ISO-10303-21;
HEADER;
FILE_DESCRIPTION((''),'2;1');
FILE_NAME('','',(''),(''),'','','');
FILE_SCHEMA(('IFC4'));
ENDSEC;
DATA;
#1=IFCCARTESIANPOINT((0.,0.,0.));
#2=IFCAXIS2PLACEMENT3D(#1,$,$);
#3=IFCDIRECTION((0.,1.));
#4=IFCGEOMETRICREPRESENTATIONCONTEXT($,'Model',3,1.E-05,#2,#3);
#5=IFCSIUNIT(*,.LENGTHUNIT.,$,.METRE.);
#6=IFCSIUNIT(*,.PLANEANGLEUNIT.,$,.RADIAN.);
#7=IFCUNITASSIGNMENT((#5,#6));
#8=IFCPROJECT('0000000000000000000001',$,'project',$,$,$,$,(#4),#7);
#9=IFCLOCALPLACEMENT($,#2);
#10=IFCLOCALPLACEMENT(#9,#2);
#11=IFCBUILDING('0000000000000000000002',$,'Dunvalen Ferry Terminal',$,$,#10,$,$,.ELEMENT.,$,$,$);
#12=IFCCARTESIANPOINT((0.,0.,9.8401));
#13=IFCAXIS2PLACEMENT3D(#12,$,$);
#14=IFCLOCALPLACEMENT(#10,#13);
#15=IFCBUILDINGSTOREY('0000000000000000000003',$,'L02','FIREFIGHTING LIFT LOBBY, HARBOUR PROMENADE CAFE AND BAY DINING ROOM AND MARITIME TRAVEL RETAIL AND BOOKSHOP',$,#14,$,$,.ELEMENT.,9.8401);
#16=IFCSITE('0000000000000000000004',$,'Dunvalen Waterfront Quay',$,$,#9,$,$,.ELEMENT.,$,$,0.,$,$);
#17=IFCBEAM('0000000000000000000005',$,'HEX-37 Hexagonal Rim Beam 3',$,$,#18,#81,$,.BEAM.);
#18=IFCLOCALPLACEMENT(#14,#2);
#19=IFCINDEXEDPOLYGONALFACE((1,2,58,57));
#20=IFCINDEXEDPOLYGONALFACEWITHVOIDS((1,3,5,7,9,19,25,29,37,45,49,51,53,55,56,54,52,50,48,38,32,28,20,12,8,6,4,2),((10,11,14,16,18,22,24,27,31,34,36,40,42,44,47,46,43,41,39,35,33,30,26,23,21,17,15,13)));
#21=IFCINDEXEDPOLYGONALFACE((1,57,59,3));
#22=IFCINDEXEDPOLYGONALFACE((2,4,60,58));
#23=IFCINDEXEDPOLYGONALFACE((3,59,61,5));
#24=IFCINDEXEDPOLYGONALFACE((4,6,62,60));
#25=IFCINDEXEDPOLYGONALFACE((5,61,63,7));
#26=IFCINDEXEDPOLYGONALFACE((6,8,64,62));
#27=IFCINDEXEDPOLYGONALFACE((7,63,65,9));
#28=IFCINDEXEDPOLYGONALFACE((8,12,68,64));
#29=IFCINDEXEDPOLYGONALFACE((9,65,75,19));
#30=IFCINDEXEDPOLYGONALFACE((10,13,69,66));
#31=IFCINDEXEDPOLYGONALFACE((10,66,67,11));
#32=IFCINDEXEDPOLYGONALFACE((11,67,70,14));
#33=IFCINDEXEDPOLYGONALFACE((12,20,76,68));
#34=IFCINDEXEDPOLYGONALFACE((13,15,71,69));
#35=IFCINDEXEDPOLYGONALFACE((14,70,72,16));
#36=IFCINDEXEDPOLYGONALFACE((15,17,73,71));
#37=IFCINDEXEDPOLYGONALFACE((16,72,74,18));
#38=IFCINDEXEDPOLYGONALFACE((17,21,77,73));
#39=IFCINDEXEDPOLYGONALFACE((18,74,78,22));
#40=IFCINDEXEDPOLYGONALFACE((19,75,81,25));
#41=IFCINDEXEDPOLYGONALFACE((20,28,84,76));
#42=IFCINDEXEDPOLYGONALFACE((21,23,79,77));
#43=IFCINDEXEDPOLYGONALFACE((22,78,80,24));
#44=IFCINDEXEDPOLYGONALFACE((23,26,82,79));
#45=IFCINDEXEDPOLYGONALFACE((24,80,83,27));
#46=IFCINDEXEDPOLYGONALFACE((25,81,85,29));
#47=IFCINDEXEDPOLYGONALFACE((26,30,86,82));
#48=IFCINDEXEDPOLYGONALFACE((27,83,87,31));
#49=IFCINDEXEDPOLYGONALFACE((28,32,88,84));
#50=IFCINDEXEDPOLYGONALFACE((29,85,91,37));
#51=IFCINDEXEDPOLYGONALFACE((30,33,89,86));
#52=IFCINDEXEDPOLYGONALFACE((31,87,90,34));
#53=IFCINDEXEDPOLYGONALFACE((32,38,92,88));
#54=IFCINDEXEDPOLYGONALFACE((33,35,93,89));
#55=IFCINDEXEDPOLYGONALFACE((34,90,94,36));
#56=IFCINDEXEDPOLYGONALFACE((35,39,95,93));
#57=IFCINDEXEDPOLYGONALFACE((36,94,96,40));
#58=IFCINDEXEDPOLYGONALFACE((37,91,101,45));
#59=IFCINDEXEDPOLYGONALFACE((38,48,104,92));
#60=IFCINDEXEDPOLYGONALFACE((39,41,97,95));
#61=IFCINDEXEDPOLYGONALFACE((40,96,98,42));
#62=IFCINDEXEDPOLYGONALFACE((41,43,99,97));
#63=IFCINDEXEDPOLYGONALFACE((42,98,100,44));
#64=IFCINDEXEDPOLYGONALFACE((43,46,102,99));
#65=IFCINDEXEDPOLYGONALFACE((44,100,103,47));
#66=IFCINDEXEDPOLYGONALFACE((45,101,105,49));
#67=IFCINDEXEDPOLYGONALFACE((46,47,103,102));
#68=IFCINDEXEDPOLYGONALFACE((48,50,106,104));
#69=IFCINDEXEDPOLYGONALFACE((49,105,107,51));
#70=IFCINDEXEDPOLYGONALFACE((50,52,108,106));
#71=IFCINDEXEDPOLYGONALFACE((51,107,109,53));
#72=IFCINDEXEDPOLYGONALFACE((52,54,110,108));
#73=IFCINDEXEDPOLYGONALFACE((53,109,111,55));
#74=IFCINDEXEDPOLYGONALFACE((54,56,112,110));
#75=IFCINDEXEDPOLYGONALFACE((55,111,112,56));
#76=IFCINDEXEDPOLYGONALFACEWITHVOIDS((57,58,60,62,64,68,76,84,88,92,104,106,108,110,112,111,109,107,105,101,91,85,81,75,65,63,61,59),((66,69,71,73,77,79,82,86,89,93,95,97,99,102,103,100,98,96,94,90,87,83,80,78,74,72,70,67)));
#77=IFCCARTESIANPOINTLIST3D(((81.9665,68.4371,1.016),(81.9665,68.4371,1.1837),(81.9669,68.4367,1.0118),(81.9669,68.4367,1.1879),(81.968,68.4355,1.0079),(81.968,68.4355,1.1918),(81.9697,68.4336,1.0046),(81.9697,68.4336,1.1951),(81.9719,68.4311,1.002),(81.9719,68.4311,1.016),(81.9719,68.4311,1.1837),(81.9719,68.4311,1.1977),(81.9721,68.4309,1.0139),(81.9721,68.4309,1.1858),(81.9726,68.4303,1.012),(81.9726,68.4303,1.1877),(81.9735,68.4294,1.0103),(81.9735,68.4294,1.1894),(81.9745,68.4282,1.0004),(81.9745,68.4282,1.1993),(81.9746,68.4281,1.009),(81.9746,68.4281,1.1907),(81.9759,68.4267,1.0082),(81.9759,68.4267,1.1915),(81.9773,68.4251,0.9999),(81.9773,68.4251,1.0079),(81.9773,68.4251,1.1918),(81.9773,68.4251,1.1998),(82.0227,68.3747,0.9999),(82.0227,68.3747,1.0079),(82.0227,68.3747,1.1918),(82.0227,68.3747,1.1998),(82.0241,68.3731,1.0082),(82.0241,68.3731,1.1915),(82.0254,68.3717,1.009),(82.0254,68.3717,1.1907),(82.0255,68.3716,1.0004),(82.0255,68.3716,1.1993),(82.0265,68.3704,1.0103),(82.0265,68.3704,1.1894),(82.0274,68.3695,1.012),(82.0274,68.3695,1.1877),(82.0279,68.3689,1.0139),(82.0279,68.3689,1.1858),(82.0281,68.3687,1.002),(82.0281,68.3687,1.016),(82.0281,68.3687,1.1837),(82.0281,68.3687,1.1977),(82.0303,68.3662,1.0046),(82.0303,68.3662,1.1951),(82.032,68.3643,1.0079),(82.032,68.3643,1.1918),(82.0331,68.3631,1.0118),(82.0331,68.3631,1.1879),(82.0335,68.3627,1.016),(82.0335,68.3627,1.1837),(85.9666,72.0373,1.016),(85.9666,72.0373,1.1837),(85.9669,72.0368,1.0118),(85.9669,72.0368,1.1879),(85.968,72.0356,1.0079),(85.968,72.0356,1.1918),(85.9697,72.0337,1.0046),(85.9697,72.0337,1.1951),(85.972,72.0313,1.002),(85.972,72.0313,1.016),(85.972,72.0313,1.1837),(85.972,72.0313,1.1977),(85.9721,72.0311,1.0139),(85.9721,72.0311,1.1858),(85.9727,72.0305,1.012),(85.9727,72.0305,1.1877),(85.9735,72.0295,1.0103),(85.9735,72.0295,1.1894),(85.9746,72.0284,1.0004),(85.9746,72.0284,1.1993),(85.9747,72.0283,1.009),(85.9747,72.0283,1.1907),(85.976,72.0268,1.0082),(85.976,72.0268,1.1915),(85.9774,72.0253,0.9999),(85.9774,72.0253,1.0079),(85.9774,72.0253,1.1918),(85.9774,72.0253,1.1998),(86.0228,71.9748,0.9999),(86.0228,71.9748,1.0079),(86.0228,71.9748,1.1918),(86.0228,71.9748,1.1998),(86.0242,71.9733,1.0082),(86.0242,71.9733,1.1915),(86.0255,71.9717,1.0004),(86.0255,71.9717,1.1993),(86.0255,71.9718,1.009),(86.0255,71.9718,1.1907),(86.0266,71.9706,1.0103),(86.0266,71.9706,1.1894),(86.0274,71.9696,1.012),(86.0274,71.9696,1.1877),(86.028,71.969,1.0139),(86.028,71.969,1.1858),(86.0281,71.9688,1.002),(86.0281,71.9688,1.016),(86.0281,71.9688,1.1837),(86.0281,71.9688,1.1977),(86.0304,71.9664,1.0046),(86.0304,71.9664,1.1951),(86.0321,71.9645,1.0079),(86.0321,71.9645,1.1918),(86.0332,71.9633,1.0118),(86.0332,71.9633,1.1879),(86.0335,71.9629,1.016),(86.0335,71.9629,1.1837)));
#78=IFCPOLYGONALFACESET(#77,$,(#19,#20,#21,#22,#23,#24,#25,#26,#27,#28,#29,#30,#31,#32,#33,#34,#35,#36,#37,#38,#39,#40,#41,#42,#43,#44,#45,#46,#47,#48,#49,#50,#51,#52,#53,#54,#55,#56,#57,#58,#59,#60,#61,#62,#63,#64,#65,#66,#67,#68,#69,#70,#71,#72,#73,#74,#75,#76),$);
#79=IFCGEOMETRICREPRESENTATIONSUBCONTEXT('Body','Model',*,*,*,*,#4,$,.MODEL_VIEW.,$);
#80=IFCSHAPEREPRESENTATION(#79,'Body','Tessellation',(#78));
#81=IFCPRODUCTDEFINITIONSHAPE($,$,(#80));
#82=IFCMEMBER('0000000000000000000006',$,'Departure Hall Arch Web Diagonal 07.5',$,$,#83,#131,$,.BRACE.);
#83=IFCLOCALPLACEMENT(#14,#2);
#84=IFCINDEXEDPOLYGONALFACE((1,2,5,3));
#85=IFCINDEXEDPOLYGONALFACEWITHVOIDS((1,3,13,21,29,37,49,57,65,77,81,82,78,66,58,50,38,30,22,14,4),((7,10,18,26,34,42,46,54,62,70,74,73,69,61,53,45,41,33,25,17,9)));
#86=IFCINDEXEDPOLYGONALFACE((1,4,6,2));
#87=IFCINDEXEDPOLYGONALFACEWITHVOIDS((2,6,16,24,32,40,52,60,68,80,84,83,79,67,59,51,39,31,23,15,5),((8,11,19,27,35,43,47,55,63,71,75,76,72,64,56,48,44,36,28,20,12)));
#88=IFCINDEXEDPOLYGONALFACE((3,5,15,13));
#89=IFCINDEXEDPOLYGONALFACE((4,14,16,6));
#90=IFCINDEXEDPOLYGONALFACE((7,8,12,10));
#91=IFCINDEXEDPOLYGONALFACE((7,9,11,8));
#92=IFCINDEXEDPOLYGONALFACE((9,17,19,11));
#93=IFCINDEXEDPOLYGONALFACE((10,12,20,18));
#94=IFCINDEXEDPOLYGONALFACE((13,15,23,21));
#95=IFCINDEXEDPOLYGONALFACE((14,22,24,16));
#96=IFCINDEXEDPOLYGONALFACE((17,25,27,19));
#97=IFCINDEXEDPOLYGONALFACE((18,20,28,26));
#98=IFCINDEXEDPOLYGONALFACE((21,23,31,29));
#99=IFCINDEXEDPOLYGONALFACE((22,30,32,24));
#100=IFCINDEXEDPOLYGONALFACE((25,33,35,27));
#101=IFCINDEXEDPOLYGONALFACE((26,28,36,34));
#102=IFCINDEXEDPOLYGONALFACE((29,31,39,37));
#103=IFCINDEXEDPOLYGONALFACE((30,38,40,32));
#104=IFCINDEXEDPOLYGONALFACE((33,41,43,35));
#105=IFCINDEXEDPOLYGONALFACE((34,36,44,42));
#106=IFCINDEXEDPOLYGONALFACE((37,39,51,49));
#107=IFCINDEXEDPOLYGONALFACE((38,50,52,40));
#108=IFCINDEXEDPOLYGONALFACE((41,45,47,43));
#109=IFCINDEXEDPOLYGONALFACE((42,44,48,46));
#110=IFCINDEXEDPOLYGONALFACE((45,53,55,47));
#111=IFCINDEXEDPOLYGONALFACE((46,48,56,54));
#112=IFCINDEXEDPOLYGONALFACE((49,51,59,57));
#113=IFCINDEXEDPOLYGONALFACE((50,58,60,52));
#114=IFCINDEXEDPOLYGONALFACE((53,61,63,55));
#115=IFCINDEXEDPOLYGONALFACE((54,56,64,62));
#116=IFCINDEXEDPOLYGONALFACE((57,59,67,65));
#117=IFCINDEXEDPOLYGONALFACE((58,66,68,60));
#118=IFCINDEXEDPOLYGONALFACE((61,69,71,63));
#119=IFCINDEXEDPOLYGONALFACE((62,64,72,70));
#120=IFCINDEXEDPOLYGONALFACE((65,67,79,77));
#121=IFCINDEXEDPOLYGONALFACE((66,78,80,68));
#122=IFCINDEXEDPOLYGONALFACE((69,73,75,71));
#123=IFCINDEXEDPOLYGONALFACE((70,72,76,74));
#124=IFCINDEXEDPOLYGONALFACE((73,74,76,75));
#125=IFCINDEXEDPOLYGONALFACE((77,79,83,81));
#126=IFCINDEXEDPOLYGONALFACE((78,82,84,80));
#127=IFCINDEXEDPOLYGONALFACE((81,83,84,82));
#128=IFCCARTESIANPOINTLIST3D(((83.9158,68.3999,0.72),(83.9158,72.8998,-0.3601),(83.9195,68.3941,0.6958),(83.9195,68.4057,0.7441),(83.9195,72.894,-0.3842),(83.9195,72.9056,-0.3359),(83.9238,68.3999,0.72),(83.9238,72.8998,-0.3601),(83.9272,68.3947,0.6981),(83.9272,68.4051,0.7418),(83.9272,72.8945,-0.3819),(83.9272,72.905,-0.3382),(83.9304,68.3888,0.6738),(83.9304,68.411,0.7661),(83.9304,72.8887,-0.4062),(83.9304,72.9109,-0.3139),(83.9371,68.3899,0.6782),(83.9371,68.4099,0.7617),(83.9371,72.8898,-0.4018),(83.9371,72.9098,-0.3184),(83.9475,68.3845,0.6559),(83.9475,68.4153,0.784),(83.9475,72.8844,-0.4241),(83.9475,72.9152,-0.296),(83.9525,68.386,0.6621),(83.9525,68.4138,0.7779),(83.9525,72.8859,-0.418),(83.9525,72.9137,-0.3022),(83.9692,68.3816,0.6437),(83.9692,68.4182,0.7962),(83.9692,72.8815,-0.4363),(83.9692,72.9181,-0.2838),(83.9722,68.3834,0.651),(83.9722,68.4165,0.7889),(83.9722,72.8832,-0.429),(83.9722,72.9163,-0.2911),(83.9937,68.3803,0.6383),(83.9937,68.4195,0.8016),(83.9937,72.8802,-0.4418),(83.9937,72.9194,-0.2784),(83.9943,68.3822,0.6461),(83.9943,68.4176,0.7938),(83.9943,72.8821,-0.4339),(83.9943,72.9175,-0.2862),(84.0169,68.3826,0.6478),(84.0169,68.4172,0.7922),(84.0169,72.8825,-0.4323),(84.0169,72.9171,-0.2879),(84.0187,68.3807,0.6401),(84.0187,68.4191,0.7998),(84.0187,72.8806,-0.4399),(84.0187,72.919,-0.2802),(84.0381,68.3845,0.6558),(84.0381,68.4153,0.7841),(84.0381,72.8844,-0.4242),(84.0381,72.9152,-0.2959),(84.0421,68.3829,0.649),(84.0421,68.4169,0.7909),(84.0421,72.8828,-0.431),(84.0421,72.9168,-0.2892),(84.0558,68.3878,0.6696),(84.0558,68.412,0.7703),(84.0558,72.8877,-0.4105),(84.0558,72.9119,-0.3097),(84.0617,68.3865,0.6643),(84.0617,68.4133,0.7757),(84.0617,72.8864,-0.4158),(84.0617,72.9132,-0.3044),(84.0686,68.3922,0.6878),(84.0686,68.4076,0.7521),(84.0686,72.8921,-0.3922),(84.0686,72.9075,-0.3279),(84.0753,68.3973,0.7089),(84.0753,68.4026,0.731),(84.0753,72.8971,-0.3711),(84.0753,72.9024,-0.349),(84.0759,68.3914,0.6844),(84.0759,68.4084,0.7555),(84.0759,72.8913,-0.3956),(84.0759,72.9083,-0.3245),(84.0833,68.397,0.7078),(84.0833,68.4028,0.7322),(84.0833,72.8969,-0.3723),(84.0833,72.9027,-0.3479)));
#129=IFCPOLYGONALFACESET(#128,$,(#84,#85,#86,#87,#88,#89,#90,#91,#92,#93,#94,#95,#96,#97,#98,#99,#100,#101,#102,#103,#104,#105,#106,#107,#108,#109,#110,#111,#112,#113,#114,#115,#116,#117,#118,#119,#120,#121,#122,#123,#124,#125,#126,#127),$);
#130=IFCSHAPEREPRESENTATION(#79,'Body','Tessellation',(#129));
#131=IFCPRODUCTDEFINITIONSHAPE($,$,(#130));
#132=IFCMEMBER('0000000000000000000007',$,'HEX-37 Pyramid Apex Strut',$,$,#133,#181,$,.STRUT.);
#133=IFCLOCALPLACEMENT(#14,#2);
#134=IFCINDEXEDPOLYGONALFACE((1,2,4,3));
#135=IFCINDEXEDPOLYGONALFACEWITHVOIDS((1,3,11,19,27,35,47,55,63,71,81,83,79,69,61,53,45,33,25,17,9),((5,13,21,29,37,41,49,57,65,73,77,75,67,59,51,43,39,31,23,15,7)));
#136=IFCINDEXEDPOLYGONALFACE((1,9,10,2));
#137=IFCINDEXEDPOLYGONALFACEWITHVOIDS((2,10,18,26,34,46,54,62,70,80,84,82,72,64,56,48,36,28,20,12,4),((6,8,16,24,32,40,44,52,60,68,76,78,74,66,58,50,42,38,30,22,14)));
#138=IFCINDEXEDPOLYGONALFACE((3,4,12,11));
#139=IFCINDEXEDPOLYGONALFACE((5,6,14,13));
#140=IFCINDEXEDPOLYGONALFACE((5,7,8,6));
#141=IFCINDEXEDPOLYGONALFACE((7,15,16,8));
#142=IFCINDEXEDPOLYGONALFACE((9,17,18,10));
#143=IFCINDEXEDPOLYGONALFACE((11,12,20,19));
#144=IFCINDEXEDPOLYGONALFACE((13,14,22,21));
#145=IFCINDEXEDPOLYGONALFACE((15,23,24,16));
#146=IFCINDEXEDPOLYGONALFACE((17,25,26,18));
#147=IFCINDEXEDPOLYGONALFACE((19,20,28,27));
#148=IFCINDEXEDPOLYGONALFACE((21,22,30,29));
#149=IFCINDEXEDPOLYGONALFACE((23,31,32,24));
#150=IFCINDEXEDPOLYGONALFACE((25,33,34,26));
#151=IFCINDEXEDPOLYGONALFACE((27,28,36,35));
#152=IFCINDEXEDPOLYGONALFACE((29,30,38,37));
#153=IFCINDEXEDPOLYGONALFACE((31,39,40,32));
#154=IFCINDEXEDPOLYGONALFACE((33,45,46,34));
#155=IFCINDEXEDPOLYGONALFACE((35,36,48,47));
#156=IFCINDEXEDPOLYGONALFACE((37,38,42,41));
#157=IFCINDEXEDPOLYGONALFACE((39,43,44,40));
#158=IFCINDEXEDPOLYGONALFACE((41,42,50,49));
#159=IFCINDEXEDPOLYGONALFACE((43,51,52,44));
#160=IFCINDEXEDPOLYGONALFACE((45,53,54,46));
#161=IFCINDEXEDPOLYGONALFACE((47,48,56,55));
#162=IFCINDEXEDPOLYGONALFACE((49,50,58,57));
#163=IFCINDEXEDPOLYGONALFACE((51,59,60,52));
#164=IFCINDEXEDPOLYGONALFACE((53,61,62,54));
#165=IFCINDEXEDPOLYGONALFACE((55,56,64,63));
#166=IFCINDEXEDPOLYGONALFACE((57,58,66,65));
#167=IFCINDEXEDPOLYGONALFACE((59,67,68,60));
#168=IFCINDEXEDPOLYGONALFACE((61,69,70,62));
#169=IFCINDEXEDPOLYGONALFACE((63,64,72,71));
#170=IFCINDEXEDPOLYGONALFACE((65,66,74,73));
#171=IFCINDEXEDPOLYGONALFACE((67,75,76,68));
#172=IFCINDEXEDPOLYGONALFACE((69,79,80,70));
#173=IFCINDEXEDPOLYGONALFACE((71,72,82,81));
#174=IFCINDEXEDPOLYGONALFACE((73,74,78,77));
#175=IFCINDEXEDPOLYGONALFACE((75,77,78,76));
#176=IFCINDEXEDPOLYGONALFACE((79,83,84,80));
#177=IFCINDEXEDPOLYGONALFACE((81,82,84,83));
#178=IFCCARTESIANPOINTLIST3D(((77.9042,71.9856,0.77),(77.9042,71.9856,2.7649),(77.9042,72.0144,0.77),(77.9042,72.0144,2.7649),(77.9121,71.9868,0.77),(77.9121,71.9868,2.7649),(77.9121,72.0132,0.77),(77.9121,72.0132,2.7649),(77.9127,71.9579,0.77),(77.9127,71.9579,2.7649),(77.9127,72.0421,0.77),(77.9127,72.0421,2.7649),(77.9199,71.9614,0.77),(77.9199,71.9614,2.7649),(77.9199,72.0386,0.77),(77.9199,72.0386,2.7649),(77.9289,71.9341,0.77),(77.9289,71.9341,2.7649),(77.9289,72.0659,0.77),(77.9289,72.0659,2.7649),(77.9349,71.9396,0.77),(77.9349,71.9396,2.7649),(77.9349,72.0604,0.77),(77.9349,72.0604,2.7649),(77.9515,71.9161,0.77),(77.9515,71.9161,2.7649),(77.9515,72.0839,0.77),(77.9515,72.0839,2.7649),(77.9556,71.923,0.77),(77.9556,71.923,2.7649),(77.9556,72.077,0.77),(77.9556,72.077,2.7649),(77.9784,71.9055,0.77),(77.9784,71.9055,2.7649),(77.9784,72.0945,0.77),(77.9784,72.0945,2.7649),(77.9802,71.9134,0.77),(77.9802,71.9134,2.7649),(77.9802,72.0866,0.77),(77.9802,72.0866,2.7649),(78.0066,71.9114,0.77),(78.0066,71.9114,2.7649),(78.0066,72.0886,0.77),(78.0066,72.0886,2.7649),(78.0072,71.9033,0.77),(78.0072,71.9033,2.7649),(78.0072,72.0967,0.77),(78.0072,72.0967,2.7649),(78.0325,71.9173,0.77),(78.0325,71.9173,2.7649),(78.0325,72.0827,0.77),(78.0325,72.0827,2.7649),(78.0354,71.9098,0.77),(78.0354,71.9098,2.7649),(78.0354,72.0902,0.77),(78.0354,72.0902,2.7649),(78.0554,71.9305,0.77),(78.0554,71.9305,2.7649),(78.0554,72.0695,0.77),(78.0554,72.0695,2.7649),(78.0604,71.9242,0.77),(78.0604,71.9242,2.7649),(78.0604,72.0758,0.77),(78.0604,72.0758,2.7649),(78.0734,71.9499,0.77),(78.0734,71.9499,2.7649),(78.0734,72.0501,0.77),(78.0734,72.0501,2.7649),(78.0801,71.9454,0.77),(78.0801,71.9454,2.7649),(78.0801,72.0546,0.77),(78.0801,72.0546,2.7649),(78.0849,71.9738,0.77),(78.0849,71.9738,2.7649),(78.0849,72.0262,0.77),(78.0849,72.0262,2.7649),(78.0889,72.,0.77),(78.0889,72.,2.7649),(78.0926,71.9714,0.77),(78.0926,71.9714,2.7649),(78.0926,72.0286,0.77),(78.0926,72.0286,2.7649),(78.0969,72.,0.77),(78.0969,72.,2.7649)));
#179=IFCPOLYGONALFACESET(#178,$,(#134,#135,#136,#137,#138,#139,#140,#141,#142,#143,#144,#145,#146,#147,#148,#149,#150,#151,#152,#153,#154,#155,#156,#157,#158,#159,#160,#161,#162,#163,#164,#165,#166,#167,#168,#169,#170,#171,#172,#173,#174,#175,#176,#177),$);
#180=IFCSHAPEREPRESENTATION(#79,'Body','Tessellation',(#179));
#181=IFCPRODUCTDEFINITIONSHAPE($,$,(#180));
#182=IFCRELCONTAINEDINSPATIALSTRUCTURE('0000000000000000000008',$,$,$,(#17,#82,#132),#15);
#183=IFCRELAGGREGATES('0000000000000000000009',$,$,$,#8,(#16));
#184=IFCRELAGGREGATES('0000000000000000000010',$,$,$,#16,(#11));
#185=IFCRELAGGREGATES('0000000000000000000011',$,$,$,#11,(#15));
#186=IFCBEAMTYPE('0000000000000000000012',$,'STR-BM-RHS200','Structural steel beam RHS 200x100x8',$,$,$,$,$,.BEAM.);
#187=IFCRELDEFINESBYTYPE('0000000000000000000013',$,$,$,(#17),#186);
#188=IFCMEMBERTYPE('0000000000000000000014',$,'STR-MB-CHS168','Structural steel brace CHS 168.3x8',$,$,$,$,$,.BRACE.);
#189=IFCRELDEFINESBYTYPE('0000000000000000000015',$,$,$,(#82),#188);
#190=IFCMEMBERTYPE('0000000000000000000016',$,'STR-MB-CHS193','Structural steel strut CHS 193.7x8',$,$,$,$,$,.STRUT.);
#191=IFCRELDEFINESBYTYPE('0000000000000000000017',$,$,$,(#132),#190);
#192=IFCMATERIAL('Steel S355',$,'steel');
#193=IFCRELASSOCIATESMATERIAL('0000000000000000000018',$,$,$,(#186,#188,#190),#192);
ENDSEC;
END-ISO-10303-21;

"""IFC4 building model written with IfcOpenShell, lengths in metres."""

from ifc_helpers import new_model, si_unit, direction, frame, origin, origin_2d, place, context, subcontext, project, spatial, hollow_rectangle, hollow_circle, extrude, material, material_profile, profile_set, type_object, element, save


model = new_model("IFC4")

# Units and contexts
model_context = context("Model", 3, precision=1e-05, world=origin(), true_north=direction((0.0, 1.0)))
body_context = subcontext(model_context, "Body", "Model", "MODEL_VIEW")
ifc_project = project(units=[si_unit("LENGTHUNIT", "METRE"), si_unit("PLANEANGLEUNIT", "RADIAN")], contexts=[model_context])

# Site, building, storey
site_placement = place(None, origin())
site = spatial("IfcSite", under=ifc_project, at=site_placement, Name="Dunvalen Waterfront Quay", CompositionType="ELEMENT", RefElevation=0.0)
building_placement = place(site_placement, origin())
building = spatial("IfcBuilding", under=site, at=building_placement, Name="Dunvalen Ferry Terminal", CompositionType="ELEMENT")
storey_placement = place(building_placement, frame((0.0, 0.0, 9.8401)))
storey = spatial("IfcBuildingStorey", under=building, at=storey_placement, Name="L02", Description="FIREFIGHTING LIFT LOBBY, HARBOUR PROMENADE CAFE AND BAY DINING ROOM AND MARITIME TRAVEL RETAIL AND BOOKSHOP", CompositionType="ELEMENT", Elevation=9.8401)

# Beam
ifc_material_1 = material(Name="Steel S355", Category="steel")
ifc_material_profile_1 = material_profile(ifc_material_1, hollow_rectangle(XDim=0.1001, YDim=0.2, WallThickness=0.0081, InnerFilletRadius=0.0081, OuterFilletRadius=0.0161, at=origin_2d()), Name="Steel S355")
ifc_profile_set_1 = profile_set([ifc_material_profile_1], Name="Steel S355")
beam_type_1 = type_object("IfcBeamType", Name="STR-BM-RHS200", Description="Structural steel beam RHS 200x100x8", PredefinedType="BEAM", material=ifc_profile_set_1)
beam_1_placement = place(storey_placement, frame((82.0, 68.3999, 1.0999), z_axis=(0.743285, 0.668975, 0.0), x_axis=(-0.668975, 0.743285, 0.0)))
element("IfcBeam", 1, at=beam_1_placement, inside=storey, type_object=beam_type_1, Name="HEX-37 Hexagonal Rim Beam 3", PredefinedType="BEAM", context=body_context, shape_type="SweptSolid", body=[
    extrude(hollow_rectangle(XDim=0.1001, YDim=0.2, WallThickness=0.0081, InnerFilletRadius=0.0081, OuterFilletRadius=0.0161, at=origin_2d()), origin(), (0.0, 0.0, 1.0), 5.3816),
])

# Members
ifc_material_profile_2 = material_profile(ifc_material_1, hollow_circle(Radius=0.0842, WallThickness=0.0081, at=origin_2d()), Name="Steel S355")
ifc_profile_set_2 = profile_set([ifc_material_profile_2], Name="Steel S355")
member_type_1 = type_object("IfcMemberType", Name="STR-MB-CHS168", Description="Structural steel brace CHS 168.3x8", PredefinedType="BRACE", material=ifc_profile_set_2)
member_1_placement = place(storey_placement, frame((84.0, 68.3999, 0.72), z_axis=(0.0, 0.972383, -0.233389), x_axis=(-1.0, 0.0, 0.0)))
element("IfcMember", 2, at=member_1_placement, inside=storey, type_object=member_type_1, Name="Departure Hall Arch Web Diagonal 07.5", PredefinedType="BRACE", context=body_context, shape_type="SweptSolid", body=[
    extrude(hollow_circle(Radius=0.0842, WallThickness=0.0081, at=origin_2d()), origin(), (0.0, 0.0, 1.0), 4.6277),
])
ifc_material_profile_3 = material_profile(ifc_material_1, hollow_circle(Radius=0.0969, WallThickness=0.0081, at=origin_2d()), Name="Steel S355")
ifc_profile_set_3 = profile_set([ifc_material_profile_3], Name="Steel S355")
member_type_2 = type_object("IfcMemberType", Name="STR-MB-CHS193", Description="Structural steel strut CHS 193.7x8", PredefinedType="STRUT", material=ifc_profile_set_3)
member_2_placement = place(storey_placement, frame((78.0, 72.0, 0.77), z_axis=(0.0, 0.0, 1.0), x_axis=(1.0, 0.0, 0.0)))
element("IfcMember", 3, at=member_2_placement, inside=storey, type_object=member_type_2, Name="HEX-37 Pyramid Apex Strut", PredefinedType="STRUT", context=body_context, shape_type="SweptSolid", body=[
    extrude(hollow_circle(Radius=0.0969, WallThickness=0.0081, at=origin_2d()), origin(), (0.0, 0.0, 1.0), 1.9949),
])

save(model, "model.ifc")
